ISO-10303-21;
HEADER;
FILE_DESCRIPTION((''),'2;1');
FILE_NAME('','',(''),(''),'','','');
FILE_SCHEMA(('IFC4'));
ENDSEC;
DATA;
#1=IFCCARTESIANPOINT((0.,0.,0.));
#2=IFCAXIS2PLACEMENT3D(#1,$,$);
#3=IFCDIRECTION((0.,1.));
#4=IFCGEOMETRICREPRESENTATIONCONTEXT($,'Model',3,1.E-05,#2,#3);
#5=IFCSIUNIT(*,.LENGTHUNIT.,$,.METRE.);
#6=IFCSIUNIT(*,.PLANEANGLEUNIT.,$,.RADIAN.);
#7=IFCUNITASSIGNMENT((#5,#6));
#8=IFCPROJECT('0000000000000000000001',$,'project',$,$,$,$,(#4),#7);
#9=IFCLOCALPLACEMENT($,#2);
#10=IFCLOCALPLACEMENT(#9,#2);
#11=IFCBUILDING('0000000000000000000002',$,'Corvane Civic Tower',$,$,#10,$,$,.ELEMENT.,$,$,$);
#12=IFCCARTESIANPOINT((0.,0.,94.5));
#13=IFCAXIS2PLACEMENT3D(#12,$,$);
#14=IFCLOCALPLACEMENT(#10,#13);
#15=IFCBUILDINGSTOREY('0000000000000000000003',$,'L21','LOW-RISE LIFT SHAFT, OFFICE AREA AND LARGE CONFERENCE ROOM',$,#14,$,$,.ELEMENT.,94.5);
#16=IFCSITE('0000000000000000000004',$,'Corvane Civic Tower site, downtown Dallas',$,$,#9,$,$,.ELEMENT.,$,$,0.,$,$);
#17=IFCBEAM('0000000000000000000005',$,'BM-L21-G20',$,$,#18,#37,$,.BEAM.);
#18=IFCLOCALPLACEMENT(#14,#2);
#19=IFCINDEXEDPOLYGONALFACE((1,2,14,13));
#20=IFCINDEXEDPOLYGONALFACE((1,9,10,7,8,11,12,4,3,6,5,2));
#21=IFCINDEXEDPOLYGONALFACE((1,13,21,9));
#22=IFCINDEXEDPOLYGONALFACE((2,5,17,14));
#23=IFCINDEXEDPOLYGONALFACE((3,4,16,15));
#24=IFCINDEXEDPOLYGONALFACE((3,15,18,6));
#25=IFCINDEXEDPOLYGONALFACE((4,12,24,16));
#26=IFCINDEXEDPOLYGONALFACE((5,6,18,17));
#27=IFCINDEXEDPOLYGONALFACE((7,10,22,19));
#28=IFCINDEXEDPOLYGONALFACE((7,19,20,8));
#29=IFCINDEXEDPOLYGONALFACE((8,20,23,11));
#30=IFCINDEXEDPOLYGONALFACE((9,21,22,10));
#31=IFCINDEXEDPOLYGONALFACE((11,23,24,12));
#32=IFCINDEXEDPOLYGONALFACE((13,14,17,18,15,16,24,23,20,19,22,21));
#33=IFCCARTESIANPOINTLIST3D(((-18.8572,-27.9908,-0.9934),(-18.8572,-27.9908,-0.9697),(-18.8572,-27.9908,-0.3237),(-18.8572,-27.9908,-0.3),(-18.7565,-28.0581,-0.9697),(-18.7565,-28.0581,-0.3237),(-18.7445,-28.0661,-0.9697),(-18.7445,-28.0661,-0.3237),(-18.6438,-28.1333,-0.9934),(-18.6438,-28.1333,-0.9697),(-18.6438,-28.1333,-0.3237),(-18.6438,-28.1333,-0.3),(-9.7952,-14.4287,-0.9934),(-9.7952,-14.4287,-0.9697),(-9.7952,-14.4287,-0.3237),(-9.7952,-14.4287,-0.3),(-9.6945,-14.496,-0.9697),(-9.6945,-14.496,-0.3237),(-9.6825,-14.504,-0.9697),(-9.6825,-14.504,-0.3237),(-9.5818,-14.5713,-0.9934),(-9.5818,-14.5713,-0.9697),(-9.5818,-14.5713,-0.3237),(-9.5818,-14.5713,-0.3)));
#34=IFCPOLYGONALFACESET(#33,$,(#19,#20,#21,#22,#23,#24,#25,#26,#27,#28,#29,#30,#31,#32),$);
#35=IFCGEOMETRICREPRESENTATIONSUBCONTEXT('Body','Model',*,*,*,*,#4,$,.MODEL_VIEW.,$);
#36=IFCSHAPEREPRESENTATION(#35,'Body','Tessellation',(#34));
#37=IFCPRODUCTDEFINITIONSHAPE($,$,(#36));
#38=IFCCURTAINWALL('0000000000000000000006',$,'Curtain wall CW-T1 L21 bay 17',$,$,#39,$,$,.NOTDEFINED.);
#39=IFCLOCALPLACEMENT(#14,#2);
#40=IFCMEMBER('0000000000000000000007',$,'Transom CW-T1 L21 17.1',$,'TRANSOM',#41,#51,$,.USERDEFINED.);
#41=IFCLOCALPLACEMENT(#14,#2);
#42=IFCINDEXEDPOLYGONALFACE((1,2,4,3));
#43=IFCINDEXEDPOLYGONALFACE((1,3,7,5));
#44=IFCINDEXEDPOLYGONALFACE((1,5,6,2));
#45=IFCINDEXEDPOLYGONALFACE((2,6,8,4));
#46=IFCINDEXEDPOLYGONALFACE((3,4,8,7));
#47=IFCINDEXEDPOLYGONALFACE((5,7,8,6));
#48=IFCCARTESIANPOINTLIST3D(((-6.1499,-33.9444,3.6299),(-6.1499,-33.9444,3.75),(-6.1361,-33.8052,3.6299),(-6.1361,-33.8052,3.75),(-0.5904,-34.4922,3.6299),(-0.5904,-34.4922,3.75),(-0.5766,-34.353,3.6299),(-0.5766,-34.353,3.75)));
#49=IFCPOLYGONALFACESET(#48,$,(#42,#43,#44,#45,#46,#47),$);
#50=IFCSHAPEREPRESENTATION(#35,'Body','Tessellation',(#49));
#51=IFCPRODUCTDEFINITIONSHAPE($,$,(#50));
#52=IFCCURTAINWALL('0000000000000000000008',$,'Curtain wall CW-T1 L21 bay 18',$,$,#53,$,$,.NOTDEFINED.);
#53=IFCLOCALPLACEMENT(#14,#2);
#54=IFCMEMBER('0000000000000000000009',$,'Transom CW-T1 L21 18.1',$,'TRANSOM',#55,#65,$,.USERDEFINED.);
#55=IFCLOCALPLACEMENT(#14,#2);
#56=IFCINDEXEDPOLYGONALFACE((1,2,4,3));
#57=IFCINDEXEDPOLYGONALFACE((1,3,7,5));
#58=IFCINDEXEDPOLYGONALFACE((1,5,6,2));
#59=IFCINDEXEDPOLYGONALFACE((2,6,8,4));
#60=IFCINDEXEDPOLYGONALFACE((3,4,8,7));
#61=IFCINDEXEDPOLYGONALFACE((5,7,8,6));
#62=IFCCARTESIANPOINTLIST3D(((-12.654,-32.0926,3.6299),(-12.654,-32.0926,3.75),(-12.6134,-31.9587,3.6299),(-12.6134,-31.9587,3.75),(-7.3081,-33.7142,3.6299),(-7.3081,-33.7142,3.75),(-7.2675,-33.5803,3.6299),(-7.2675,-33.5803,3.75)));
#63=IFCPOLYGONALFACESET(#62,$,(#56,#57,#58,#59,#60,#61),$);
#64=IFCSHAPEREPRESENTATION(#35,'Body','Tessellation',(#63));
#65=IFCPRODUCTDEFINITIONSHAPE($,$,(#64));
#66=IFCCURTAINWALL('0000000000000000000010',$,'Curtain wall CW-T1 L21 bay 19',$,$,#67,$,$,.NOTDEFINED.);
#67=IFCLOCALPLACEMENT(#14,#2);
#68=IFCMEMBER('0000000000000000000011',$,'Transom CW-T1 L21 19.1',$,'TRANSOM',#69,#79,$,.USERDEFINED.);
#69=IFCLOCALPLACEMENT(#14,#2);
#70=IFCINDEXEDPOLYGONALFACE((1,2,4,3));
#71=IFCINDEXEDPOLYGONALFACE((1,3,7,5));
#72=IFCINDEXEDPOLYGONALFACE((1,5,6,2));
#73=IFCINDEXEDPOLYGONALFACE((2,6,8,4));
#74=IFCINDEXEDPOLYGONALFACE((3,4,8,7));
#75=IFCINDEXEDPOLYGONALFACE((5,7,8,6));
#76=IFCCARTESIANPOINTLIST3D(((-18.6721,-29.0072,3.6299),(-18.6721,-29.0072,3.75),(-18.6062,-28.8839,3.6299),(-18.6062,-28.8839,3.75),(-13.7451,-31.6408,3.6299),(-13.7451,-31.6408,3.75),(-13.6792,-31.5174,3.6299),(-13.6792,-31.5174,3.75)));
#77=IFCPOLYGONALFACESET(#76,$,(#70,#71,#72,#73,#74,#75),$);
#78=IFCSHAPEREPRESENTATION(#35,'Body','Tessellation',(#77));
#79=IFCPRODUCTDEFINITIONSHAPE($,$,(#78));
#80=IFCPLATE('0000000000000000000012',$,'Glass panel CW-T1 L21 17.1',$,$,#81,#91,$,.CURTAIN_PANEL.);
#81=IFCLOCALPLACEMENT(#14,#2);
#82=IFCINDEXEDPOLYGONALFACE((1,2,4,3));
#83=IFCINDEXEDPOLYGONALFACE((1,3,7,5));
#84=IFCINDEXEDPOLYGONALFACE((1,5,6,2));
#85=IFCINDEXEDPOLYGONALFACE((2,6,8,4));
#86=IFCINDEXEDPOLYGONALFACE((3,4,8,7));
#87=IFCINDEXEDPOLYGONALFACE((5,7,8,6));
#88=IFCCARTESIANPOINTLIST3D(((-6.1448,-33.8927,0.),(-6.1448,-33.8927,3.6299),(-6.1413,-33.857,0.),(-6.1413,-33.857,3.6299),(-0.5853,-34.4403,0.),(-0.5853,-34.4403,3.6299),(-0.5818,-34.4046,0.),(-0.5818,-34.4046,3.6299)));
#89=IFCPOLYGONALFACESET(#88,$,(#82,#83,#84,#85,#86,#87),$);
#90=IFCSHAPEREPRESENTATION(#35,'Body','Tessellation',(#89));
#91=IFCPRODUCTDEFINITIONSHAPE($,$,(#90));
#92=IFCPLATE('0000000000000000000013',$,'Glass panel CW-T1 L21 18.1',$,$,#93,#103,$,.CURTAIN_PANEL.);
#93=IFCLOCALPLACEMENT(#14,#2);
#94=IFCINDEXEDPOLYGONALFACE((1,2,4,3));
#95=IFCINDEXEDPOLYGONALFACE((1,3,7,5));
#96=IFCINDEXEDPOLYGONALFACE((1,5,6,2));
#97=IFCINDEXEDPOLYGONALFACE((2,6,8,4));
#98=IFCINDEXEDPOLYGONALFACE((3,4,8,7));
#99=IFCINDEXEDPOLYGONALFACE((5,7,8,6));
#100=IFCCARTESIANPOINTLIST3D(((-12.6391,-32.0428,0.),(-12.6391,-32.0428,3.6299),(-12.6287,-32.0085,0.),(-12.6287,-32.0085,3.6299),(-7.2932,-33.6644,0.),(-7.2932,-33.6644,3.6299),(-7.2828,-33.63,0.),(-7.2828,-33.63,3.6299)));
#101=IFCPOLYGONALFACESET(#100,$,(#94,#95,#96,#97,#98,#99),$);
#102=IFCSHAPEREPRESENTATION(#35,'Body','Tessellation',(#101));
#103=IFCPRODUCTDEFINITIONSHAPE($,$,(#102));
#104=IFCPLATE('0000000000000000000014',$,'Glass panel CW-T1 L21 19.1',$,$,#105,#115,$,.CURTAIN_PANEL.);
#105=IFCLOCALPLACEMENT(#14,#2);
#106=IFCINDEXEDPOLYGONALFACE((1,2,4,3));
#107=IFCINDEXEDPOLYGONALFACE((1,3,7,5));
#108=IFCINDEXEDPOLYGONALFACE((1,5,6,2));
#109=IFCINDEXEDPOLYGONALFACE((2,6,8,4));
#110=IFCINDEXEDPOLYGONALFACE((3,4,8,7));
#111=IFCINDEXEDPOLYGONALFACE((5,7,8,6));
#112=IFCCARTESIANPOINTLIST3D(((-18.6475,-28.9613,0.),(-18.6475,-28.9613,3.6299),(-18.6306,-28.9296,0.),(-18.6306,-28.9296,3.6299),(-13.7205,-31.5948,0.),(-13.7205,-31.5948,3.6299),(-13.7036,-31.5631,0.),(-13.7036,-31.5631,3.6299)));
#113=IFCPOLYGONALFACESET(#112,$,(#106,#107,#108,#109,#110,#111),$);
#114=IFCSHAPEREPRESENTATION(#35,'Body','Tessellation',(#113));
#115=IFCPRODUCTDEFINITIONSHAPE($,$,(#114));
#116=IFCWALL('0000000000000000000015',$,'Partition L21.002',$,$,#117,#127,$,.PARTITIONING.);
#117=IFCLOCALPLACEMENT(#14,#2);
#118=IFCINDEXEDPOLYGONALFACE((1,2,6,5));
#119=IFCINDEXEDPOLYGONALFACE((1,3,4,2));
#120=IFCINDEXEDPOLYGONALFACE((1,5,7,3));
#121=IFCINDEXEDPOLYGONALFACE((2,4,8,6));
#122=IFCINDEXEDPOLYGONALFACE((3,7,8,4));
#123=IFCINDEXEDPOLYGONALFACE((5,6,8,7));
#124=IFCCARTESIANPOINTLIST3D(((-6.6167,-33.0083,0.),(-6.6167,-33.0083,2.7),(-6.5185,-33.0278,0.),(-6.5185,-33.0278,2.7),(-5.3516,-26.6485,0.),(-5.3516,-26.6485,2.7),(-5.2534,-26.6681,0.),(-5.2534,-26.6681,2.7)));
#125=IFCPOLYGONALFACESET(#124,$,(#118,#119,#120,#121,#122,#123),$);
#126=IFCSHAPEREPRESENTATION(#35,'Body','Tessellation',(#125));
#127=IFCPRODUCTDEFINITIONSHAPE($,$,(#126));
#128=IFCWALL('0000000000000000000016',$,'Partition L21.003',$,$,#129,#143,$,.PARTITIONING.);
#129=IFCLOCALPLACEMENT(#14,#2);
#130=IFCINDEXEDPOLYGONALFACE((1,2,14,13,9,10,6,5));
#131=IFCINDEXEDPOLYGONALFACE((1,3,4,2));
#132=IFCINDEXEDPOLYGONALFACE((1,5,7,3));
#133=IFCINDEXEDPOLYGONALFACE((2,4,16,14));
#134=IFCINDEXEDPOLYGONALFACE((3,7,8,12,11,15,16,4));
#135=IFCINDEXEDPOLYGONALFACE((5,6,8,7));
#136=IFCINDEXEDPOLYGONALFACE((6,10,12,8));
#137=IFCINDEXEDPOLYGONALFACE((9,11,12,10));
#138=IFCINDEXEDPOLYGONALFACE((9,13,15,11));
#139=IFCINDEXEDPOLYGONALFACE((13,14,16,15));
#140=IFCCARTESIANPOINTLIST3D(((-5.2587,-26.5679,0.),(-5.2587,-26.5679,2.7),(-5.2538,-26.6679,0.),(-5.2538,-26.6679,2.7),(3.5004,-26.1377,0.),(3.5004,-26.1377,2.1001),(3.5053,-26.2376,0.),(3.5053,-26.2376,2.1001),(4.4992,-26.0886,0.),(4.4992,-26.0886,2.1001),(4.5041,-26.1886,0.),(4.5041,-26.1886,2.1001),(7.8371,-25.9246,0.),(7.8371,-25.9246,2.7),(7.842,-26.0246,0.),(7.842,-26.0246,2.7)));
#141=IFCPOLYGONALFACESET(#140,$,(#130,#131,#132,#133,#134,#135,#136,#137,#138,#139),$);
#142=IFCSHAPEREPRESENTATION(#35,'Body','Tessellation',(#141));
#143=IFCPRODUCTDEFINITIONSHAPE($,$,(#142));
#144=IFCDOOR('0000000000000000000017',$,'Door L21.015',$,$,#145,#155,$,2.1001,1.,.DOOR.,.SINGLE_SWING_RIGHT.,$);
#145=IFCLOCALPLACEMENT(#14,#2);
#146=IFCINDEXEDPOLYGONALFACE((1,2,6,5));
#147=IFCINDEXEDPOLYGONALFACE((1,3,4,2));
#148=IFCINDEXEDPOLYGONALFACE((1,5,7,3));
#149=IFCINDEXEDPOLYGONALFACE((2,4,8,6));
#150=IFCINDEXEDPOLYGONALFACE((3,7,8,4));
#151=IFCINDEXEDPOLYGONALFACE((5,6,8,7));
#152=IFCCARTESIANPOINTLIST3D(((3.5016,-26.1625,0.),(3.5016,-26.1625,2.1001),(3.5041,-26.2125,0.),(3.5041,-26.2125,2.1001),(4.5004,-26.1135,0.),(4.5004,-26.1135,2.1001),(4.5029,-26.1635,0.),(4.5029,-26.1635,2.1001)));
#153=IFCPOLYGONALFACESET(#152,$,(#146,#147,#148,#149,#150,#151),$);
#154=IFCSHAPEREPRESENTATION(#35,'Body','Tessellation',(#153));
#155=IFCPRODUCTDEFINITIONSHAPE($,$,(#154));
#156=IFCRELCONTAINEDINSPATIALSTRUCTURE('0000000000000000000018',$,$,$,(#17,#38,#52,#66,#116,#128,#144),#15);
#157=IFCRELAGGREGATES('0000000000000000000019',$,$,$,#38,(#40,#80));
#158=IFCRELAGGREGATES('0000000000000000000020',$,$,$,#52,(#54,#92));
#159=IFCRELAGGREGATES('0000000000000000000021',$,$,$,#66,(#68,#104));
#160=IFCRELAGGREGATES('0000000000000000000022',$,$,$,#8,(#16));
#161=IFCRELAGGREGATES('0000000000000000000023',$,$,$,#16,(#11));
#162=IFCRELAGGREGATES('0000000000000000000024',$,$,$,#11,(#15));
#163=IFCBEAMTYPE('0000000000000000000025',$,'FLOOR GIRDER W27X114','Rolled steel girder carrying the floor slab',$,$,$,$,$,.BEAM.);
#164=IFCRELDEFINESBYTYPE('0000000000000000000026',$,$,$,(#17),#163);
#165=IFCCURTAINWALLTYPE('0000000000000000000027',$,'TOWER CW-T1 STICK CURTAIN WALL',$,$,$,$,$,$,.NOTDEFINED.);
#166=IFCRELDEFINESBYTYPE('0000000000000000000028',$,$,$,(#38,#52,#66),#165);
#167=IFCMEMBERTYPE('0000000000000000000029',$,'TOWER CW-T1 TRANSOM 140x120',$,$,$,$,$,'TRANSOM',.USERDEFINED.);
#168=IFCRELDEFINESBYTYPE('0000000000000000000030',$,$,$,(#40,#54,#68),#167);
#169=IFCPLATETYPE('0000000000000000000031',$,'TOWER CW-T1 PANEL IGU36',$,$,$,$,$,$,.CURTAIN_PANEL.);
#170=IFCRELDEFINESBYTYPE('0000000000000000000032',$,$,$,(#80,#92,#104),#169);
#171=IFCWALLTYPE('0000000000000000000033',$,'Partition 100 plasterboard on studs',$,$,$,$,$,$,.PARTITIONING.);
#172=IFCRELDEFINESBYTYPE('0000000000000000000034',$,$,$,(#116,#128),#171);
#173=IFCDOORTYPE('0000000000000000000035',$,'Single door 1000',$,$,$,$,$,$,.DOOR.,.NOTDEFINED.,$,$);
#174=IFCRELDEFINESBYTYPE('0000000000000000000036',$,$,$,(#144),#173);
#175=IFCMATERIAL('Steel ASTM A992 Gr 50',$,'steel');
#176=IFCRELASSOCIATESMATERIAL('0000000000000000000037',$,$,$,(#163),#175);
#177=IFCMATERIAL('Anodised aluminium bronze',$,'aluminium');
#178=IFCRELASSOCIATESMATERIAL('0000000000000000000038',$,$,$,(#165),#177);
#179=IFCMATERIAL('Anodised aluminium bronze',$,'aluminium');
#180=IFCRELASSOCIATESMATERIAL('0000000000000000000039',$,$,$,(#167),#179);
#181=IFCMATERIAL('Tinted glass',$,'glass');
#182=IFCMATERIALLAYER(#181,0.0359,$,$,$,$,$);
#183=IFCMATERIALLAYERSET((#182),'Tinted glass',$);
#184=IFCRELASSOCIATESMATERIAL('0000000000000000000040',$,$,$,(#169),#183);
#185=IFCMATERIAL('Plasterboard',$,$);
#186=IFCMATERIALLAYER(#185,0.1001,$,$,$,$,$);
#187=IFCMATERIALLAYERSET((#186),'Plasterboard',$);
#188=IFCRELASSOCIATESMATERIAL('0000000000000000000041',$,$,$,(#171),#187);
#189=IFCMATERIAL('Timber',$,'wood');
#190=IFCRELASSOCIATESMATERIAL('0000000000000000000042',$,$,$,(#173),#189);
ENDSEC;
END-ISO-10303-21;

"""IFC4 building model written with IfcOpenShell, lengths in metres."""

from ifc_helpers import new_model, si_unit, direction, frame, frame_2d, origin, origin_2d, place, context, subcontext, project, spatial, rectangle, i_section, extrude, material, layer, layer_set, material_profile, profile_set, type_object, element, fill, aggregate, save


model = new_model("IFC4")

# Units and contexts
model_context = context("Model", 3, precision=1e-05, world=origin(), true_north=direction((0.0, 1.0)))
body_context = subcontext(model_context, "Body", "Model", "MODEL_VIEW")
ifc_project = project(units=[si_unit("LENGTHUNIT", "METRE"), si_unit("PLANEANGLEUNIT", "RADIAN")], contexts=[model_context])

# Site, building, storey
site_placement = place(None, origin())
site = spatial("IfcSite", under=ifc_project, at=site_placement, Name="Corvane Civic Tower site, downtown Dallas", CompositionType="ELEMENT", RefElevation=0.0)
building_placement = place(site_placement, origin())
building = spatial("IfcBuilding", under=site, at=building_placement, Name="Corvane Civic Tower", CompositionType="ELEMENT")
storey_placement = place(building_placement, frame((0.0, 0.0, 94.5)))
storey = spatial("IfcBuildingStorey", under=building, at=storey_placement, Name="L21", Description="LOW-RISE LIFT SHAFT, OFFICE AREA AND LARGE CONFERENCE ROOM", CompositionType="ELEMENT", Elevation=94.5)

# Beam
ifc_material_1 = material(Name="Steel ASTM A992 Gr 50", Category="steel")
ifc_material_profile_1 = material_profile(ifc_material_1, i_section(OverallWidth=0.2566, OverallDepth=0.6934, WebThickness=0.0144, FlangeThickness=0.0237, at=origin_2d()), Name="W27X114")
ifc_profile_set_1 = profile_set([ifc_material_profile_1], Name="Steel ASTM A992 Gr 50")
beam_type_1 = type_object("IfcBeamType", Name="FLOOR GIRDER W27X114", Description="Rolled steel girder carrying the floor slab", PredefinedType="BEAM", material=ifc_profile_set_1)
beam_1_placement = place(storey_placement, frame((-9.6885, -14.5, -0.6467), z_axis=(-0.555577, -0.831465, 0.0), x_axis=(0.831465, -0.555577, 0.0)))
element("IfcBeam", 1, at=beam_1_placement, inside=storey, type_object=beam_type_1, Name="BM-L21-G20", PredefinedType="BEAM", context=body_context, shape_type="SweptSolid", body=[
    extrude(i_section(OverallWidth=0.2566, OverallDepth=0.6934, WebThickness=0.0144, FlangeThickness=0.0237, at=origin_2d()), origin(), (0.0, 0.0, 1.0), 16.311),
])

# Curtain walls, members
ifc_material_2 = material(Name="Anodised aluminium bronze", Category="aluminium")
curtain_wall_type = type_object("IfcCurtainWallType", Name="TOWER CW-T1 STICK CURTAIN WALL", PredefinedType="NOTDEFINED", material=ifc_material_2)
curtain_wall_1_placement = place(storey_placement, origin())
curtain_wall_1 = element("IfcCurtainWall", 2, at=curtain_wall_1_placement, inside=storey, type_object=curtain_wall_type, Name="Curtain wall CW-T1 L21 bay 17", PredefinedType="NOTDEFINED")
ifc_material_3 = material(Name="Anodised aluminium bronze", Category="aluminium")
ifc_material_profile_2 = material_profile(ifc_material_3, rectangle(XDim=0.1399, YDim=0.1201, at=origin_2d()), Name="TOWER CW-T1 TRANSOM 140x120")
ifc_profile_set_2 = profile_set([ifc_material_profile_2], Name="Anodised aluminium bronze")
member_type = type_object("IfcMemberType", Name="TOWER CW-T1 TRANSOM 140x120", ElementType="TRANSOM", PredefinedType="USERDEFINED", material=ifc_profile_set_2)
member_1_placement = place(storey_placement, frame((-0.5835, -34.4226, 3.6899), z_axis=(-0.99518, 0.098067, 0.0), x_axis=(-0.098067, -0.99518, 0.0)))
member_1 = element("IfcMember", 3, at=member_1_placement, type_object=member_type, Name="Transom CW-T1 L21 17.1", ObjectType="TRANSOM", PredefinedType="USERDEFINED", context=body_context, shape_type="SweptSolid", body=[
    extrude(rectangle(XDim=0.1399, YDim=0.1201, at=origin_2d()), origin(), (0.0, 0.0, 1.0), 5.5864),
])
curtain_wall_2_placement = place(storey_placement, origin())
curtain_wall_2 = element("IfcCurtainWall", 4, at=curtain_wall_2_placement, inside=storey, type_object=curtain_wall_type, Name="Curtain wall CW-T1 L21 bay 18", PredefinedType="NOTDEFINED")
member_2_placement = place(storey_placement, frame((-7.2878, -33.6472, 3.6899), z_axis=(-0.956945, 0.290269, 0.0), x_axis=(-0.290269, -0.956945, 0.0)))
member_2 = element("IfcMember", 5, at=member_2_placement, type_object=member_type, Name="Transom CW-T1 L21 18.1", ObjectType="TRANSOM", PredefinedType="USERDEFINED", context=body_context, shape_type="SweptSolid", body=[
    extrude(rectangle(XDim=0.1399, YDim=0.1201, at=origin_2d()), origin(), (0.0, 0.0, 1.0), 5.5864),
])
curtain_wall_3_placement = place(storey_placement, origin())
curtain_wall_3 = element("IfcCurtainWall", 6, at=curtain_wall_3_placement, inside=storey, type_object=curtain_wall_type, Name="Curtain wall CW-T1 L21 bay 19", PredefinedType="NOTDEFINED")
member_3_placement = place(storey_placement, frame((-13.7122, -31.5791, 3.6899), z_axis=(-0.881921, 0.471398, 0.0), x_axis=(-0.471398, -0.881921, 0.0)))
member_3 = element("IfcMember", 7, at=member_3_placement, type_object=member_type, Name="Transom CW-T1 L21 19.1", ObjectType="TRANSOM", PredefinedType="USERDEFINED", context=body_context, shape_type="SweptSolid", body=[
    extrude(rectangle(XDim=0.1399, YDim=0.1201, at=origin_2d()), origin(), (0.0, 0.0, 1.0), 5.5867),
])

# Plates
ifc_material_4 = material(Name="Tinted glass", Category="glass")
ifc_layer_1 = layer(ifc_material_4, 0.0359)
ifc_layer_set_1 = layer_set([ifc_layer_1], Name="Tinted glass")
plate_type = type_object("IfcPlateType", Name="TOWER CW-T1 PANEL IGU36", PredefinedType="CURTAIN_PANEL", material=ifc_layer_set_1)
plate_1_placement = place(storey_placement, frame((-3.3633, -34.1487, 0.0), z_axis=(0.0, 0.0, 1.0), x_axis=(-0.995184, 0.098027, 0.0)))
plate_1 = element("IfcPlate", 8, at=plate_1_placement, type_object=plate_type, Name="Glass panel CW-T1 L21 17.1", PredefinedType="CURTAIN_PANEL", context=body_context, shape_type="SweptSolid", body=[
    extrude(rectangle(XDim=5.5864, YDim=0.0359, at=origin_2d()), origin(), (0.0, 0.0, 1.0), 3.6299),
])
aggregate(curtain_wall_1, [member_1, plate_1])
plate_2_placement = place(storey_placement, frame((-9.9609, -32.8364, 0.0), z_axis=(0.0, 0.0, 1.0), x_axis=(-0.956946, 0.290266, 0.0)))
plate_2 = element("IfcPlate", 9, at=plate_2_placement, type_object=plate_type, Name="Glass panel CW-T1 L21 18.1", PredefinedType="CURTAIN_PANEL", context=body_context, shape_type="SweptSolid", body=[
    extrude(rectangle(XDim=5.5864, YDim=0.0359, at=origin_2d()), origin(), (0.0, 0.0, 1.0), 3.6299),
])
aggregate(curtain_wall_2, [member_2, plate_2])
plate_3_placement = place(storey_placement, frame((-16.1755, -30.2622, 0.0), z_axis=(0.0, 0.0, 1.0), x_axis=(-0.881924, 0.471392, 0.0)))
plate_3 = element("IfcPlate", 10, at=plate_3_placement, type_object=plate_type, Name="Glass panel CW-T1 L21 19.1", PredefinedType="CURTAIN_PANEL", context=body_context, shape_type="SweptSolid", body=[
    extrude(rectangle(XDim=5.5867, YDim=0.0359, at=origin_2d()), origin(), (0.0, 0.0, 1.0), 3.6299),
])
aggregate(curtain_wall_3, [member_3, plate_3])

# Wall
ifc_material_5 = material(Name="Plasterboard")
ifc_layer_2 = layer(ifc_material_5, 0.1001)
ifc_layer_set_2 = layer_set([ifc_layer_2], Name="Plasterboard")
wall_type = type_object("IfcWallType", Name="Partition 100 plasterboard on studs", PredefinedType="PARTITIONING", material=ifc_layer_set_2)
wall_1_placement = place(storey_placement, frame((-6.5676, -33.0181, 0.0), z_axis=(0.0, 0.0, 1.0), x_axis=(0.195102, 0.980783, 0.0)))
element("IfcWall", 11, at=wall_1_placement, inside=storey, type_object=wall_type, Name="Partition L21.002", PredefinedType="PARTITIONING", context=body_context, shape_type="SweptSolid", body=[
    extrude(rectangle(XDim=6.4844, YDim=0.1001, at=frame_2d((3.2422, 0.0))), origin(), (0.0, 0.0, 1.0), 2.7),
])

# Wall, opening, door
wall_2_placement = place(storey_placement, frame((-5.2561, -26.6179, 0.0), z_axis=(0.0, 0.0, 1.0), x_axis=(0.998796, 0.049065, 0.0)))
wall_2 = element("IfcWall", 12, at=wall_2_placement, inside=storey, type_object=wall_type, Name="Partition L21.003", PredefinedType="PARTITIONING", context=body_context, shape_type="SweptSolid", body=[
    extrude(rectangle(XDim=13.1116, YDim=0.1001, at=frame_2d((6.5557, 0.0))), origin(), (0.0, 0.0, 1.0), 2.7),
])
opening_1_placement = place(wall_2_placement, frame((8.7695, 0.0, 0.0)))
opening_1 = element("IfcOpeningElement", 13, at=opening_1_placement, cuts=wall_2, PredefinedType="OPENING", context=body_context, shape_type="SweptSolid", body=[
    extrude(rectangle(XDim=1.0, YDim=2.1001, at=frame_2d((0.5, 1.05))), frame((0.0, 0.0601, 0.0), z_axis=(0.0, -1.0, 0.0), x_axis=(1.0, 0.0, 0.0)), (0.0, 0.0, 1.0), 0.1201),
])
ifc_material_6 = material(Name="Timber", Category="wood")
door_type_1 = type_object("IfcDoorType", Name="Single door 1000", OperationType="NOTDEFINED", PredefinedType="DOOR", material=ifc_material_6)
door_1_placement = place(opening_1_placement, frame((1.0, 0.0, 0.0), z_axis=(0.0, 0.0, 1.0), x_axis=(-1.0, 0.0, 0.0)))
door_1 = element("IfcDoor", 14, at=door_1_placement, inside=storey, type_object=door_type_1, Name="Door L21.015", OperationType="SINGLE_SWING_RIGHT", OverallHeight=2.1001, OverallWidth=1.0, PredefinedType="DOOR", context=body_context, shape_type="SweptSolid", body=[
    extrude(rectangle(XDim=1.0, YDim=2.1001, at=frame_2d((0.5, 1.05))), frame((0.0, 0.0249, 0.0), z_axis=(0.0, -1.0, 0.0), x_axis=(1.0, 0.0, 0.0)), (0.0, 0.0, 1.0), 0.05),
])
fill(opening_1, door_1)

save(model, "model.ifc")
